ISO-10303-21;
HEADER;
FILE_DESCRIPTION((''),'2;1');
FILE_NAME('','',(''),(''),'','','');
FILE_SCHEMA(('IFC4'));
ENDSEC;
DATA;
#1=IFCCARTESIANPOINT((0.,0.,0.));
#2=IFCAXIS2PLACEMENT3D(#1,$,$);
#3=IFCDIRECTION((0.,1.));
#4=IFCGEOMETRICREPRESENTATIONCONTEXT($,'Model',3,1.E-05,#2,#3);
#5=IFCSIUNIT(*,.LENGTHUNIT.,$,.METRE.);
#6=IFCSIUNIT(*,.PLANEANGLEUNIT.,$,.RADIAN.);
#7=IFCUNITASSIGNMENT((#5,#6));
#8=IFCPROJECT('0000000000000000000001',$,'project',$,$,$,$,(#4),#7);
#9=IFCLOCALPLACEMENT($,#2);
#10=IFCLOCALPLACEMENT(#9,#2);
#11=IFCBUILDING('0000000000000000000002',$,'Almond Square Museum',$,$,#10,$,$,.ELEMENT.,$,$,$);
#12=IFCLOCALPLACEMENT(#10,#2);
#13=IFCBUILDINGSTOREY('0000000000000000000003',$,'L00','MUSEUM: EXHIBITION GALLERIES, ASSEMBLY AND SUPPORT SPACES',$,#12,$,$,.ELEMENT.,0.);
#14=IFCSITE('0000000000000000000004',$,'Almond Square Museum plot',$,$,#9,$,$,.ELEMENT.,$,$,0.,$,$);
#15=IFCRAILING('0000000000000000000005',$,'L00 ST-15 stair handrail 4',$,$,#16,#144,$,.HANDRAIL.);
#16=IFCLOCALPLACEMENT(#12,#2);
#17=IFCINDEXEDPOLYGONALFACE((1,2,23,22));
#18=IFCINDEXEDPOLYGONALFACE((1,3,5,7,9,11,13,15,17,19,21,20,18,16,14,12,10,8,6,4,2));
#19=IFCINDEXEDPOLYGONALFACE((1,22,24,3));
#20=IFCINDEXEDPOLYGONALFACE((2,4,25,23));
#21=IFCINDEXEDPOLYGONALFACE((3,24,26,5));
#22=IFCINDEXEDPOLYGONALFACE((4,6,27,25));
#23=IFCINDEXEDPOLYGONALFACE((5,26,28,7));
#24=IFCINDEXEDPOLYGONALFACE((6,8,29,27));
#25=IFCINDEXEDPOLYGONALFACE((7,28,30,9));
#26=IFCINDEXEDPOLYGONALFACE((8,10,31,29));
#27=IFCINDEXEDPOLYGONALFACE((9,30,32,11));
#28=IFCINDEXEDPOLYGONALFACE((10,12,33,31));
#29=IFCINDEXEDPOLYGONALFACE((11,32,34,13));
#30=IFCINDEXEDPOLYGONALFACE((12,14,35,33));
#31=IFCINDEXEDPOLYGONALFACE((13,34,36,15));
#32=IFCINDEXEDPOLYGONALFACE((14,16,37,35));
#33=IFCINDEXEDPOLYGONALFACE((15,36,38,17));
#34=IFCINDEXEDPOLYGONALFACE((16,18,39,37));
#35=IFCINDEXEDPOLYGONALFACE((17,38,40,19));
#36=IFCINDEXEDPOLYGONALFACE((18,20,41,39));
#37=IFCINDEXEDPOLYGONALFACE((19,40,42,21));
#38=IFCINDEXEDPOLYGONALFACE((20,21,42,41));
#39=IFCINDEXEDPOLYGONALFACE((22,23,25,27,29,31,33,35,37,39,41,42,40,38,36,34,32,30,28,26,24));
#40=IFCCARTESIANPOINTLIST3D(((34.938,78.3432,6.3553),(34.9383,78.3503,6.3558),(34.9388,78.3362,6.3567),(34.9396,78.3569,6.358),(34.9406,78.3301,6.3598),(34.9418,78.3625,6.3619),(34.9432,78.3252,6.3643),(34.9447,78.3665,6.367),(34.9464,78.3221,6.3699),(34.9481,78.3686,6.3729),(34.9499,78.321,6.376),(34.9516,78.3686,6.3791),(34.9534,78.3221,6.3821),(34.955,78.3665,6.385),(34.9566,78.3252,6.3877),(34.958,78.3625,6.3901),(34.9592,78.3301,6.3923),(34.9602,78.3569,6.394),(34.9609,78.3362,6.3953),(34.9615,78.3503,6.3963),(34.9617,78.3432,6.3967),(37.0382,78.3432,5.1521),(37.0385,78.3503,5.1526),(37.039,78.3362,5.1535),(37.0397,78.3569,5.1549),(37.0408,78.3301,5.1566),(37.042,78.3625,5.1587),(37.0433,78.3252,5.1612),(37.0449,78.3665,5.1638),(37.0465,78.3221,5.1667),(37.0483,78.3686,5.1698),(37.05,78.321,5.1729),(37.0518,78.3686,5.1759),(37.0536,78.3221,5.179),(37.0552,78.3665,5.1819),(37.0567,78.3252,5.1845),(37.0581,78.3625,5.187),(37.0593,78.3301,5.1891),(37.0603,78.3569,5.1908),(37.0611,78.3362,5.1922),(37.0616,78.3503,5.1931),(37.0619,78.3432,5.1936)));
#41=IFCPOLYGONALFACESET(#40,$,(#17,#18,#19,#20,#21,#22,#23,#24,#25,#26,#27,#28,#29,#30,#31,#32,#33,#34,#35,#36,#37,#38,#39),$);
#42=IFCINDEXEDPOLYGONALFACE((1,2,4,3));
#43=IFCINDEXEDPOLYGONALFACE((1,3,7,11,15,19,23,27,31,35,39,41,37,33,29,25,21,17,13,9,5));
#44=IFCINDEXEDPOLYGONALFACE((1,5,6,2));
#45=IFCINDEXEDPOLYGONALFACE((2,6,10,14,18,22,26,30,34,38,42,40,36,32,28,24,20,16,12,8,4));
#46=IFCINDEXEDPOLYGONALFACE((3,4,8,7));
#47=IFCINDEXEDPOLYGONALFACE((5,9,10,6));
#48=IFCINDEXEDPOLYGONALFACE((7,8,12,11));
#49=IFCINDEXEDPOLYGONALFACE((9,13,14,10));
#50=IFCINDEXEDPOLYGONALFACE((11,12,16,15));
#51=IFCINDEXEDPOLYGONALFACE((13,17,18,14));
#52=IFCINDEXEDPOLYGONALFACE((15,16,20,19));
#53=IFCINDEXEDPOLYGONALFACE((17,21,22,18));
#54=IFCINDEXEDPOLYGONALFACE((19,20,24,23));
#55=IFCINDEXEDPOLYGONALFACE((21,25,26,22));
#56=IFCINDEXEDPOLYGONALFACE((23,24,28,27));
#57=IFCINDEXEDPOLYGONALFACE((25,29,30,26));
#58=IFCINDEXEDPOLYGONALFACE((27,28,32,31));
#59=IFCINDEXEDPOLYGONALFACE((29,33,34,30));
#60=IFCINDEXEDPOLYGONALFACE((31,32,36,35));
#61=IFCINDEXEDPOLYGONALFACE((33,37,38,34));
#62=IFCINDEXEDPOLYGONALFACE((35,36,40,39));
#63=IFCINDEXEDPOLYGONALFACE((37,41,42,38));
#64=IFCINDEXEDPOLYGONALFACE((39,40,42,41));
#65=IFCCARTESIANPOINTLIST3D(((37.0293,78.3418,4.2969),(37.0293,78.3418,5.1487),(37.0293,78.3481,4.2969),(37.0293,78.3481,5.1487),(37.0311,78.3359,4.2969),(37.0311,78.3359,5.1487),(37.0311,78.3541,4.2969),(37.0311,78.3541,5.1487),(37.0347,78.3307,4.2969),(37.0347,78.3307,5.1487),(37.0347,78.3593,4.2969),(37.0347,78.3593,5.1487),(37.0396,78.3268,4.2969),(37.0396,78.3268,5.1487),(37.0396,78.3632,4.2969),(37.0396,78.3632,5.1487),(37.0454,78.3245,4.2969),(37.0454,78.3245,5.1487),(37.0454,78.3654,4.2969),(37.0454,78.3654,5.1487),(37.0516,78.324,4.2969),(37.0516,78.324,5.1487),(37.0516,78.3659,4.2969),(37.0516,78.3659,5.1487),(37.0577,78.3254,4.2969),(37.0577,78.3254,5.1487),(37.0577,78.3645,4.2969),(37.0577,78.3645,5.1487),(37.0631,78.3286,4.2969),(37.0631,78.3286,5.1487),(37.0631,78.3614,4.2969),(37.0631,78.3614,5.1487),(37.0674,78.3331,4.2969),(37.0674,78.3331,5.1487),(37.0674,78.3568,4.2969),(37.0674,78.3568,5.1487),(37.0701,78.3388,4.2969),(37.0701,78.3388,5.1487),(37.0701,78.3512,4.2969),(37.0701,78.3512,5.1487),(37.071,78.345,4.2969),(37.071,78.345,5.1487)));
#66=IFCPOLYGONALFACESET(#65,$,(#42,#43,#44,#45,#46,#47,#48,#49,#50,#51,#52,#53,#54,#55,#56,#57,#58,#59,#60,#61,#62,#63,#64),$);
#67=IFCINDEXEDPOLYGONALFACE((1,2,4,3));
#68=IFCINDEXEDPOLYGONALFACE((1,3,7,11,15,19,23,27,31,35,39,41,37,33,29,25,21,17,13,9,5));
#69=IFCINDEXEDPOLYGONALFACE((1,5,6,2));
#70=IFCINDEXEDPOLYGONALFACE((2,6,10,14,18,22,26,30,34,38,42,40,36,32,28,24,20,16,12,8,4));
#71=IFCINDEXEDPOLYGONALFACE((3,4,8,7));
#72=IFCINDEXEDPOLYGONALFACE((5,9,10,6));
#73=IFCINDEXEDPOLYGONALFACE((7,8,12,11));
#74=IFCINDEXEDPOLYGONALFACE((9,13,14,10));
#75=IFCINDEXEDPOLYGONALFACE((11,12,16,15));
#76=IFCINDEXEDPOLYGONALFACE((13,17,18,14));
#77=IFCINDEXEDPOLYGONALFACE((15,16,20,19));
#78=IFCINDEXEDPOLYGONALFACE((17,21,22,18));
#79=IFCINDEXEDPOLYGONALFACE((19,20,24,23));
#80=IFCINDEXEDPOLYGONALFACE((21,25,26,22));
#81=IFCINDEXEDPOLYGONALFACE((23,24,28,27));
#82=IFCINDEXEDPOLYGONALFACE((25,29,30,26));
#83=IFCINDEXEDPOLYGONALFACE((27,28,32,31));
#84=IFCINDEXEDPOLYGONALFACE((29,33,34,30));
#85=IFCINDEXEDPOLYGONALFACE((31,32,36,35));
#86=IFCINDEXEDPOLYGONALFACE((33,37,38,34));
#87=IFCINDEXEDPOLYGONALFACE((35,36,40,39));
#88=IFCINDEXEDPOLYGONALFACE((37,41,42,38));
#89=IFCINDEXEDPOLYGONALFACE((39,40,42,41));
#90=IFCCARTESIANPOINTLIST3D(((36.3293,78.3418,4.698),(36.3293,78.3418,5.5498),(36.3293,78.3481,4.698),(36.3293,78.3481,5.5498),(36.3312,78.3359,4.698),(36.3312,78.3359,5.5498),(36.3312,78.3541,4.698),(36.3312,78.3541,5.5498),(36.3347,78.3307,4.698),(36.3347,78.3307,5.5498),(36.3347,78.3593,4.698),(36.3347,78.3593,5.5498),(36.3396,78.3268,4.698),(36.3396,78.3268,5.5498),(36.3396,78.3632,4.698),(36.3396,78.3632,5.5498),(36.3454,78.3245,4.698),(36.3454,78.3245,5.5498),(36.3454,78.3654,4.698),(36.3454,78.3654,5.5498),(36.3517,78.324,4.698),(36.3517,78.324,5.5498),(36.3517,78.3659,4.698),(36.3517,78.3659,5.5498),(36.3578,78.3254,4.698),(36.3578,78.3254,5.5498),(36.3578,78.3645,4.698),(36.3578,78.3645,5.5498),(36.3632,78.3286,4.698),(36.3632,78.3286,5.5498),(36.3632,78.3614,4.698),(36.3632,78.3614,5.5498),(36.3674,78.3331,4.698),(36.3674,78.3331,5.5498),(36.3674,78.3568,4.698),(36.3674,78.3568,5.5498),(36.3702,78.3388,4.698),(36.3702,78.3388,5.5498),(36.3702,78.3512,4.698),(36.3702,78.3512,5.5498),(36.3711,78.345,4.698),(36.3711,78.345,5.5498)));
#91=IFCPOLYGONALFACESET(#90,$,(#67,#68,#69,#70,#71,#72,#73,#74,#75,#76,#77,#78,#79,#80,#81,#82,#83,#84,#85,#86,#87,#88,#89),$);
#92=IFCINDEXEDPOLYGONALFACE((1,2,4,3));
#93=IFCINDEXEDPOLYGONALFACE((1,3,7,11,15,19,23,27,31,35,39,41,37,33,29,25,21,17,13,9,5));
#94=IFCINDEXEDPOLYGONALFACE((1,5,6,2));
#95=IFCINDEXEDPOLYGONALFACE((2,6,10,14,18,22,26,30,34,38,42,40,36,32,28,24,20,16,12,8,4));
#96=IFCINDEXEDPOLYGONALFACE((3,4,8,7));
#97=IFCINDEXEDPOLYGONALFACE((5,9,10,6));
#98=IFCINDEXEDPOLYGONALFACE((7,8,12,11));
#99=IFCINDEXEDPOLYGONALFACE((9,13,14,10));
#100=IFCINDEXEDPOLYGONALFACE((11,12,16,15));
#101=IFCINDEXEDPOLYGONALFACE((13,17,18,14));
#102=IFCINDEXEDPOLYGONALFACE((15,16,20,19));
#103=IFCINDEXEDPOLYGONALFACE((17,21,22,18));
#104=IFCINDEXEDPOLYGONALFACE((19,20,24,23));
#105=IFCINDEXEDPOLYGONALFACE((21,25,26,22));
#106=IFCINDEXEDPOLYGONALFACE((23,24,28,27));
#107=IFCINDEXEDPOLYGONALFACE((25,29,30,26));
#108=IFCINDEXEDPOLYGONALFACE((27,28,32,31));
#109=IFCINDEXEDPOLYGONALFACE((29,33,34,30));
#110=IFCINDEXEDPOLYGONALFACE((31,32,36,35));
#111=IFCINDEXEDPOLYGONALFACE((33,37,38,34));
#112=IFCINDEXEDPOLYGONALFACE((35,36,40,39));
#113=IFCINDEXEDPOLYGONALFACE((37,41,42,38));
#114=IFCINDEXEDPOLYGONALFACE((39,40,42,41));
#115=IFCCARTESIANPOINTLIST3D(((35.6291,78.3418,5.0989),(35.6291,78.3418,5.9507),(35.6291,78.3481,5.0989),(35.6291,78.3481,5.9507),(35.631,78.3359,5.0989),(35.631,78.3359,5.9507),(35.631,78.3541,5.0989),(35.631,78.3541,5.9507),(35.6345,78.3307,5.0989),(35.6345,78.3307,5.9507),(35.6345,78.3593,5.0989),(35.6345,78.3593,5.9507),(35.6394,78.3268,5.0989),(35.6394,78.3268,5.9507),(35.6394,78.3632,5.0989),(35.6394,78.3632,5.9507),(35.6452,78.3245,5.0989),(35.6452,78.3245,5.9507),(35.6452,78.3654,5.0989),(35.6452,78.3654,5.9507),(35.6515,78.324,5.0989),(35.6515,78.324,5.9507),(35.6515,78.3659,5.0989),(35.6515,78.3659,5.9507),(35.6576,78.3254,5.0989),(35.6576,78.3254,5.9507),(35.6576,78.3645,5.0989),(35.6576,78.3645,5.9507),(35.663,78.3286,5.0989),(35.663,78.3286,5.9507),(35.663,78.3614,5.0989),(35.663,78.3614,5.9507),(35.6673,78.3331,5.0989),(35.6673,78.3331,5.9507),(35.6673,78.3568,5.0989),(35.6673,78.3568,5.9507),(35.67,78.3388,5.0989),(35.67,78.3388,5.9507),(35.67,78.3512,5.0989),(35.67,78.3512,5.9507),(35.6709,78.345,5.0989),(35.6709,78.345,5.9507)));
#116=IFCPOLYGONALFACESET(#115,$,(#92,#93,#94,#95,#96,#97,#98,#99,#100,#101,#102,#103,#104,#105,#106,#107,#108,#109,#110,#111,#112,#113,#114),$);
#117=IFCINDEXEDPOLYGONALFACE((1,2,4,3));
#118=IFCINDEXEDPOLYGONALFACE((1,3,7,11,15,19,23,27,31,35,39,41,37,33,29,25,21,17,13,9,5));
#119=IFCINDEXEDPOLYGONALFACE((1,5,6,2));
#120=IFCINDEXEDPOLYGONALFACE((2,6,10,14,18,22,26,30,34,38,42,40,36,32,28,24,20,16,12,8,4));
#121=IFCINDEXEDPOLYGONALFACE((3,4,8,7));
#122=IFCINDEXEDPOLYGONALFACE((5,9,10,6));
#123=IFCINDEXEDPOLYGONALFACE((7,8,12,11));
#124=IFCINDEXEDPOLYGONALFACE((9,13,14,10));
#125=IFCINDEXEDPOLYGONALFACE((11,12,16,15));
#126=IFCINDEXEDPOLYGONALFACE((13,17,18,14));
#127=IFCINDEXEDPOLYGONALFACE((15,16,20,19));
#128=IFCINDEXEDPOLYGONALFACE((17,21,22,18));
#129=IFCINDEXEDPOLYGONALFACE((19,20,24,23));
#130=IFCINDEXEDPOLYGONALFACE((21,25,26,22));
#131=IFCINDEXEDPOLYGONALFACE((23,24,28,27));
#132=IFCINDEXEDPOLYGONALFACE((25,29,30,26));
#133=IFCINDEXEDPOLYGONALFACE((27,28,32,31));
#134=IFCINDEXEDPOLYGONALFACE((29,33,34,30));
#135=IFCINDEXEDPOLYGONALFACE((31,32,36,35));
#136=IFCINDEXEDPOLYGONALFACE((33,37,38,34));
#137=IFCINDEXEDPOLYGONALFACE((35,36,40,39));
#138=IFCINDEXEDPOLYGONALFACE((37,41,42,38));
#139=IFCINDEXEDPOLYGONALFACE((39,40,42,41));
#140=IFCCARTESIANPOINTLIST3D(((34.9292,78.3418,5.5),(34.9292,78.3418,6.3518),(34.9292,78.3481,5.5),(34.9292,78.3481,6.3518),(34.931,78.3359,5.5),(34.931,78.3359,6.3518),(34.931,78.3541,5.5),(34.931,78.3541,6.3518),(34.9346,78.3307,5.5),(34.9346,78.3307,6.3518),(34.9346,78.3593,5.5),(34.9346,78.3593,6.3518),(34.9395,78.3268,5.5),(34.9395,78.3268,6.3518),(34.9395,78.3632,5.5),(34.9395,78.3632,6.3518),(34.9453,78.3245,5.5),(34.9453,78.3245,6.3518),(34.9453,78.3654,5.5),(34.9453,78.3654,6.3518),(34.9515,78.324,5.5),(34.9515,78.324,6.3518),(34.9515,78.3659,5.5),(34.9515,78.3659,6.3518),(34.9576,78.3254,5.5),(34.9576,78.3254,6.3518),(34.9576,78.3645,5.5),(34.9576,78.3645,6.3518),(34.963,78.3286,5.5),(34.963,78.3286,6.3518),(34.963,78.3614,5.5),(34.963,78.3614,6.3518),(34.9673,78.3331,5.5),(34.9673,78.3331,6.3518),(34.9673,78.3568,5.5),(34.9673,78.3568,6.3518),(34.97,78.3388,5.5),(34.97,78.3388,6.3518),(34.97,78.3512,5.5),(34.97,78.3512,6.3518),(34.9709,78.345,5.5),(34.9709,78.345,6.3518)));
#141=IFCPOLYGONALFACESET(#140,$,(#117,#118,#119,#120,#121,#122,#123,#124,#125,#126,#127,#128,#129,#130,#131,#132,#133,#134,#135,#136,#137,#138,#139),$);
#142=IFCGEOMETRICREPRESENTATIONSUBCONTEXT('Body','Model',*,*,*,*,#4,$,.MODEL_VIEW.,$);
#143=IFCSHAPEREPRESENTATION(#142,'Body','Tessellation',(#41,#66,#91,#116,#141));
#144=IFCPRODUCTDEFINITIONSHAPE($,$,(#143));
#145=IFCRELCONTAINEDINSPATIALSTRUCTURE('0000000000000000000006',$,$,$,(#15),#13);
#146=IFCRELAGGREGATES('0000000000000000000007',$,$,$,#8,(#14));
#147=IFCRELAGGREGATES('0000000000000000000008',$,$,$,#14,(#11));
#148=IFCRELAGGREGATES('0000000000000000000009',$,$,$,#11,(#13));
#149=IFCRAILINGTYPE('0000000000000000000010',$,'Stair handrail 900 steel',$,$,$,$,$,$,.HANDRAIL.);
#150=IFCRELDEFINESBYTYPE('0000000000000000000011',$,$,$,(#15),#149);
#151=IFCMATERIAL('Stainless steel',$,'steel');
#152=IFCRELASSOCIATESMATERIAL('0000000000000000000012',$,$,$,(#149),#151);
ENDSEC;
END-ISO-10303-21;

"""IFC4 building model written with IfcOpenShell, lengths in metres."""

from ifc_helpers import new_model, si_unit, direction, frame, origin, origin_2d, place, context, subcontext, project, spatial, circle, extrude, material, type_object, element, save


model = new_model("IFC4")

# Units and contexts
model_context = context("Model", 3, precision=1e-05, world=origin(), true_north=direction((0.0, 1.0)))
body_context = subcontext(model_context, "Body", "Model", "MODEL_VIEW")
ifc_project = project(units=[si_unit("LENGTHUNIT", "METRE"), si_unit("PLANEANGLEUNIT", "RADIAN")], contexts=[model_context])

# Site, building, storey
site_placement = place(None, origin())
site = spatial("IfcSite", under=ifc_project, at=site_placement, Name="Almond Square Museum plot", CompositionType="ELEMENT", RefElevation=0.0)
building_placement = place(site_placement, origin())
building = spatial("IfcBuilding", under=site, at=building_placement, Name="Almond Square Museum", CompositionType="ELEMENT")
storey_placement = place(building_placement, origin())
storey = spatial("IfcBuildingStorey", under=building, at=storey_placement, Name="L00", Description="MUSEUM: EXHIBITION GALLERIES, ASSEMBLY AND SUPPORT SPACES", CompositionType="ELEMENT", Elevation=0.0)

# Railing
ifc_material_1 = material(Name="Stainless steel", Category="steel")
railing_type_1 = type_object("IfcRailingType", Name="Stair handrail 900 steel", PredefinedType="HANDRAIL", material=ifc_material_1)
for number, where, name in (
    (1, (37.05, 78.345, 4.2969), "L00 ST-15 stair handrail 4"),
):
    element("IfcRailing", number, at=place(storey_placement, frame(where)), inside=storey, type_object=railing_type_1, Name=name, PredefinedType="HANDRAIL", context=body_context, shape_type="SweptSolid", body=[
        extrude(circle(Radius=0.0239, at=origin_2d()), frame((0.0, 0.0, 0.876), z_axis=(-0.867696, 0.0, 0.497095), x_axis=(0.0, -1.0, 0.0)), (0.0, 0.0, 1.0), 2.4204),
        extrude(circle(Radius=0.021, at=origin_2d()), origin(), (0.0, 0.0, 1.0), 0.8518),
        extrude(circle(Radius=0.021, at=origin_2d()), frame((-0.7, 0.0, 0.4011)), (0.0, 0.0, 1.0), 0.8518),
        extrude(circle(Radius=0.021, at=origin_2d()), frame((-1.4001, 0.0, 0.802)), (0.0, 0.0, 1.0), 0.8518),
        extrude(circle(Radius=0.021, at=origin_2d()), frame((-2.1001, 0.0, 1.2031)), (0.0, 0.0, 1.0), 0.8518),
    ])

save(model, "model.ifc")
